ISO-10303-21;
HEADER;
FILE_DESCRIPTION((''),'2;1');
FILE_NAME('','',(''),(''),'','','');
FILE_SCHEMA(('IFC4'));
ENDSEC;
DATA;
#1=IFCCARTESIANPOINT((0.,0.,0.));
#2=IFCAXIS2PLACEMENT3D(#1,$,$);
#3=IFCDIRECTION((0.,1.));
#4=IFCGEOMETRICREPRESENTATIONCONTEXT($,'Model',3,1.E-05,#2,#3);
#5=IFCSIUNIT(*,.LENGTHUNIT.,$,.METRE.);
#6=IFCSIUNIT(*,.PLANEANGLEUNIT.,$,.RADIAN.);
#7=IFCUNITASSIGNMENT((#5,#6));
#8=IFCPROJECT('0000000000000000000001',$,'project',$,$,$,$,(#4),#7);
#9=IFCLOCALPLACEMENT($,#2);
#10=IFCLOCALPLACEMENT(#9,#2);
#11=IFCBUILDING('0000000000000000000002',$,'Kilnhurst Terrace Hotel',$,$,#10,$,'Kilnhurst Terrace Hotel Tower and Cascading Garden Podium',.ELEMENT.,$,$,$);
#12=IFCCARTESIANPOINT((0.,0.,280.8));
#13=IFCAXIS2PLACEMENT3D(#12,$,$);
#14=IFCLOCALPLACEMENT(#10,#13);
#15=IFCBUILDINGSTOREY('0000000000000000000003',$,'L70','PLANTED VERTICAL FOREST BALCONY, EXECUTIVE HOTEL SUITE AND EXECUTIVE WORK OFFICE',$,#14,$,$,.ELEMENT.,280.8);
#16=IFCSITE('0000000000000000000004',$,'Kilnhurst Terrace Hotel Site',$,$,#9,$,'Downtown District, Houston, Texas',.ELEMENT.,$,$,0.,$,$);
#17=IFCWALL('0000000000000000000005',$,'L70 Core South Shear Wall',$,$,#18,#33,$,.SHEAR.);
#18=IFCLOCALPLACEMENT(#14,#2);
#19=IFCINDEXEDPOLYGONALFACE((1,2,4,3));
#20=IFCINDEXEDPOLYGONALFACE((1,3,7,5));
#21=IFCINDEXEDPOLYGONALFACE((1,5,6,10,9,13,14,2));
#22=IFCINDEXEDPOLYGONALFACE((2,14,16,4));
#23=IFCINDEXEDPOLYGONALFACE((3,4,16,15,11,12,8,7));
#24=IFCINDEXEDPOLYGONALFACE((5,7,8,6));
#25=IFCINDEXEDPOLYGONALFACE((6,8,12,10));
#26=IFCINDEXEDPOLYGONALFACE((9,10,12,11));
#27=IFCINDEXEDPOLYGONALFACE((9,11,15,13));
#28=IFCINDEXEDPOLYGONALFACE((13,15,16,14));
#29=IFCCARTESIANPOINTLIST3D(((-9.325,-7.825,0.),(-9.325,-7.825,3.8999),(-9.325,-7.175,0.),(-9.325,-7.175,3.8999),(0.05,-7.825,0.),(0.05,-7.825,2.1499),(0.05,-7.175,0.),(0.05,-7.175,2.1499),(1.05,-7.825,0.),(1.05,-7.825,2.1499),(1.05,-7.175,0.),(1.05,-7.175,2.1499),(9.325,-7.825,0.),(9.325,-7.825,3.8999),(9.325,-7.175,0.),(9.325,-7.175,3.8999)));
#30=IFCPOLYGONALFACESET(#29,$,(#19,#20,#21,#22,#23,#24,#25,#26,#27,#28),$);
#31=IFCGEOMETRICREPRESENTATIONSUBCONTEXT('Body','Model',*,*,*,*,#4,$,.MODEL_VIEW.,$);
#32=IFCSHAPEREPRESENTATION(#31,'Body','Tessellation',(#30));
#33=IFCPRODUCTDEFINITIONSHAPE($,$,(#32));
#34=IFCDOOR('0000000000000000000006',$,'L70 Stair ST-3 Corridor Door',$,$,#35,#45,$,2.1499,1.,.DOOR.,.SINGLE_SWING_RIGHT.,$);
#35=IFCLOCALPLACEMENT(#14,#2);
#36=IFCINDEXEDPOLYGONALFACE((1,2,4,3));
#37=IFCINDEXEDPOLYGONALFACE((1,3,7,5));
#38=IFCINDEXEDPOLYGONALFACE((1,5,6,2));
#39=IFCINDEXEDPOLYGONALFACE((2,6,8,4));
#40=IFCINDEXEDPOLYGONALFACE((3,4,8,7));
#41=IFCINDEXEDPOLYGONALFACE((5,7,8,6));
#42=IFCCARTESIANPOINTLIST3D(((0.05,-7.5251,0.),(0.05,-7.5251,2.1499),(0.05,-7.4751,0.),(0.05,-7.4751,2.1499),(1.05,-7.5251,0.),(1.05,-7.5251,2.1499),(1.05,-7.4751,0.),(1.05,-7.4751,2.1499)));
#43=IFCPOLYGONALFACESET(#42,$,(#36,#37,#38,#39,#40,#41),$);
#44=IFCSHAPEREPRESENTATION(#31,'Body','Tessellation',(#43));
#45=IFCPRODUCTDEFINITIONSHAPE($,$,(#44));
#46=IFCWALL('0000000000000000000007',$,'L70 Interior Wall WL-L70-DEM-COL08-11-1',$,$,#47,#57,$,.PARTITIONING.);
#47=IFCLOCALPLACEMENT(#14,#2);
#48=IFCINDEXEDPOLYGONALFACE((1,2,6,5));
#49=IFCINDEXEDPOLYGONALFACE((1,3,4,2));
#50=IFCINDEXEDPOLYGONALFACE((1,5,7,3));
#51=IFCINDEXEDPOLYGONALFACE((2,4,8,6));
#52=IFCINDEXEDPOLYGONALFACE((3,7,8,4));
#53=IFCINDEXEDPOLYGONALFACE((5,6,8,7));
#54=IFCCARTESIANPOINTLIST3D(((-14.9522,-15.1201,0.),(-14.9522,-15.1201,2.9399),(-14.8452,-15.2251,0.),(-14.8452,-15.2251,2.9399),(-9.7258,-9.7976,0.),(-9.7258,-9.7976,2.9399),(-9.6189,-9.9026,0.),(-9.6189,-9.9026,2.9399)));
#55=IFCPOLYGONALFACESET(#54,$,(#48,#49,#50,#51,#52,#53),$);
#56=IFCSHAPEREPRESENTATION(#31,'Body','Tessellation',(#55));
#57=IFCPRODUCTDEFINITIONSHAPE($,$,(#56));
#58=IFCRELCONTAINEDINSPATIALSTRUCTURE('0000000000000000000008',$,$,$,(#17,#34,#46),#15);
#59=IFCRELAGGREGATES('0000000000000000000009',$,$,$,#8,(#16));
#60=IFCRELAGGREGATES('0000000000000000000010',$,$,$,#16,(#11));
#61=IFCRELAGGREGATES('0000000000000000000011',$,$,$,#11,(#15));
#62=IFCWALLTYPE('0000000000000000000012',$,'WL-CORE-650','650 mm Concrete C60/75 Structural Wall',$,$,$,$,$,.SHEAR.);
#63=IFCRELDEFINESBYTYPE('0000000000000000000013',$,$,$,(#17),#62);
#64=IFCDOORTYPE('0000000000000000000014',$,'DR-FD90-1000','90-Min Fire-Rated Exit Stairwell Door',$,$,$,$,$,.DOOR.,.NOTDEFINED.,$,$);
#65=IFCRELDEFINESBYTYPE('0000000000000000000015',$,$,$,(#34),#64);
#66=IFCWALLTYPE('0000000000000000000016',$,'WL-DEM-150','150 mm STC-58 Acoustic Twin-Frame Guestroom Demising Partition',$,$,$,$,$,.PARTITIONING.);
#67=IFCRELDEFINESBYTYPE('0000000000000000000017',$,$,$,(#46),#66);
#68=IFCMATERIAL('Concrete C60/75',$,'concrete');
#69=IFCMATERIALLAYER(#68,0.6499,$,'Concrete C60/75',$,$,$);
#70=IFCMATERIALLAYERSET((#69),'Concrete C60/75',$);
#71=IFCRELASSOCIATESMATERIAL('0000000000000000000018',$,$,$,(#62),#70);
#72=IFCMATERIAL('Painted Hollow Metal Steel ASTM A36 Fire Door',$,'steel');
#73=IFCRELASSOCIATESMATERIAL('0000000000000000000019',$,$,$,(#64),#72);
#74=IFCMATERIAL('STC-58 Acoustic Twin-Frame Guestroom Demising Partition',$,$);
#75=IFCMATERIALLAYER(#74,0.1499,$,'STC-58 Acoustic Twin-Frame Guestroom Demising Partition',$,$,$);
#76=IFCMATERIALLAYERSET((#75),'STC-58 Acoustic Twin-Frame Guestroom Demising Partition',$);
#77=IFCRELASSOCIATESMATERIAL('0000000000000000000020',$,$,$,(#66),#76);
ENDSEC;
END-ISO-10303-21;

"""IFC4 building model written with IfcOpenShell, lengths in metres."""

from ifc_helpers import new_model, si_unit, direction, frame, frame_2d, origin, place, context, subcontext, project, spatial, rectangle, extrude, material, layer, layer_set, type_object, element, fill, save


model = new_model("IFC4")

# Units and contexts
model_context = context("Model", 3, precision=1e-05, world=origin(), true_north=direction((0.0, 1.0)))
body_context = subcontext(model_context, "Body", "Model", "MODEL_VIEW")
ifc_project = project(units=[si_unit("LENGTHUNIT", "METRE"), si_unit("PLANEANGLEUNIT", "RADIAN")], contexts=[model_context])

# Site, building, storey
site_placement = place(None, origin())
site = spatial("IfcSite", under=ifc_project, at=site_placement, Name="Kilnhurst Terrace Hotel Site", LongName="Downtown District, Houston, Texas", CompositionType="ELEMENT", RefElevation=0.0)
building_placement = place(site_placement, origin())
building = spatial("IfcBuilding", under=site, at=building_placement, Name="Kilnhurst Terrace Hotel", LongName="Kilnhurst Terrace Hotel Tower and Cascading Garden Podium", CompositionType="ELEMENT")
storey_placement = place(building_placement, frame((0.0, 0.0, 280.8)))
storey = spatial("IfcBuildingStorey", under=building, at=storey_placement, Name="L70", Description="PLANTED VERTICAL FOREST BALCONY, EXECUTIVE HOTEL SUITE AND EXECUTIVE WORK OFFICE", CompositionType="ELEMENT", Elevation=280.8)

# Shared definitions
ifc_material_1 = material(Name="Concrete C60/75", Category="concrete")

# Wall, opening, door
ifc_layer_1 = layer(ifc_material_1, 0.6499, Name="Concrete C60/75")
ifc_layer_set_1 = layer_set([ifc_layer_1], Name="Concrete C60/75")
wall_type_1 = type_object("IfcWallType", Name="WL-CORE-650", Description="650 mm Concrete C60/75 Structural Wall", PredefinedType="SHEAR", material=ifc_layer_set_1)
wall_1_placement = place(storey_placement, frame((-9.325, -7.5, 0.0), z_axis=(0.0, 0.0, 1.0), x_axis=(1.0, 0.0, 0.0)))
wall_1 = element("IfcWall", 1, at=wall_1_placement, inside=storey, type_object=wall_type_1, Name="L70 Core South Shear Wall", PredefinedType="SHEAR", context=body_context, shape_type="SweptSolid", body=[
    extrude(rectangle(XDim=18.6499, YDim=0.6499, at=frame_2d((9.325, 0.0))), origin(), (0.0, 0.0, 1.0), 3.8999),
])
opening_1_placement = place(wall_1_placement, frame((9.375, 0.0, 0.0)))
opening_1 = element("IfcOpeningElement", 2, at=opening_1_placement, cuts=wall_1, PredefinedType="OPENING", context=body_context, shape_type="SweptSolid", body=[
    extrude(rectangle(XDim=1.0, YDim=2.1499, at=frame_2d((0.5, 1.075))), frame((0.0, 0.335, 0.0), z_axis=(0.0, -1.0, 0.0), x_axis=(1.0, 0.0, 0.0)), (0.0, 0.0, 1.0), 0.6699),
])
ifc_material_2 = material(Name="Painted Hollow Metal Steel ASTM A36 Fire Door", Category="steel")
door_type_1 = type_object("IfcDoorType", Name="DR-FD90-1000", Description="90-Min Fire-Rated Exit Stairwell Door", OperationType="NOTDEFINED", PredefinedType="DOOR", material=ifc_material_2)
door_1_placement = place(opening_1_placement, origin())
door_1 = element("IfcDoor", 3, at=door_1_placement, inside=storey, type_object=door_type_1, Name="L70 Stair ST-3 Corridor Door", OperationType="SINGLE_SWING_RIGHT", OverallHeight=2.1499, OverallWidth=1.0, PredefinedType="DOOR", context=body_context, shape_type="SweptSolid", body=[
    extrude(rectangle(XDim=1.0, YDim=2.1499, at=frame_2d((0.5, 1.075))), frame((0.0, 0.0249, 0.0), z_axis=(0.0, -1.0, 0.0), x_axis=(1.0, 0.0, 0.0)), (0.0, 0.0, 1.0), 0.05),
])
fill(opening_1, door_1)

# Wall
ifc_material_3 = material(Name="STC-58 Acoustic Twin-Frame Guestroom Demising Partition")
ifc_layer_2 = layer(ifc_material_3, 0.1499, Name="STC-58 Acoustic Twin-Frame Guestroom Demising Partition")
ifc_layer_set_2 = layer_set([ifc_layer_2], Name="STC-58 Acoustic Twin-Frame Guestroom Demising Partition")
wall_type_2 = type_object("IfcWallType", Name="WL-DEM-150", Description="150 mm STC-58 Acoustic Twin-Frame Guestroom Demising Partition", PredefinedType="PARTITIONING", material=ifc_layer_set_2)
wall_2_placement = place(storey_placement, frame((-9.6724, -9.8501, 0.0), z_axis=(0.0, 0.0, 1.0), x_axis=(-0.70063, -0.713525, 0.0)))
element("IfcWall", 4, at=wall_2_placement, inside=storey, type_object=wall_type_2, Name="L70 Interior Wall WL-L70-DEM-COL08-11-1", PredefinedType="PARTITIONING", context=body_context, shape_type="SweptSolid", body=[
    extrude(rectangle(XDim=7.4595, YDim=0.1499, at=frame_2d((3.7297, 0.0))), origin(), (0.0, 0.0, 1.0), 2.9399),
])

save(model, "model.ifc")
